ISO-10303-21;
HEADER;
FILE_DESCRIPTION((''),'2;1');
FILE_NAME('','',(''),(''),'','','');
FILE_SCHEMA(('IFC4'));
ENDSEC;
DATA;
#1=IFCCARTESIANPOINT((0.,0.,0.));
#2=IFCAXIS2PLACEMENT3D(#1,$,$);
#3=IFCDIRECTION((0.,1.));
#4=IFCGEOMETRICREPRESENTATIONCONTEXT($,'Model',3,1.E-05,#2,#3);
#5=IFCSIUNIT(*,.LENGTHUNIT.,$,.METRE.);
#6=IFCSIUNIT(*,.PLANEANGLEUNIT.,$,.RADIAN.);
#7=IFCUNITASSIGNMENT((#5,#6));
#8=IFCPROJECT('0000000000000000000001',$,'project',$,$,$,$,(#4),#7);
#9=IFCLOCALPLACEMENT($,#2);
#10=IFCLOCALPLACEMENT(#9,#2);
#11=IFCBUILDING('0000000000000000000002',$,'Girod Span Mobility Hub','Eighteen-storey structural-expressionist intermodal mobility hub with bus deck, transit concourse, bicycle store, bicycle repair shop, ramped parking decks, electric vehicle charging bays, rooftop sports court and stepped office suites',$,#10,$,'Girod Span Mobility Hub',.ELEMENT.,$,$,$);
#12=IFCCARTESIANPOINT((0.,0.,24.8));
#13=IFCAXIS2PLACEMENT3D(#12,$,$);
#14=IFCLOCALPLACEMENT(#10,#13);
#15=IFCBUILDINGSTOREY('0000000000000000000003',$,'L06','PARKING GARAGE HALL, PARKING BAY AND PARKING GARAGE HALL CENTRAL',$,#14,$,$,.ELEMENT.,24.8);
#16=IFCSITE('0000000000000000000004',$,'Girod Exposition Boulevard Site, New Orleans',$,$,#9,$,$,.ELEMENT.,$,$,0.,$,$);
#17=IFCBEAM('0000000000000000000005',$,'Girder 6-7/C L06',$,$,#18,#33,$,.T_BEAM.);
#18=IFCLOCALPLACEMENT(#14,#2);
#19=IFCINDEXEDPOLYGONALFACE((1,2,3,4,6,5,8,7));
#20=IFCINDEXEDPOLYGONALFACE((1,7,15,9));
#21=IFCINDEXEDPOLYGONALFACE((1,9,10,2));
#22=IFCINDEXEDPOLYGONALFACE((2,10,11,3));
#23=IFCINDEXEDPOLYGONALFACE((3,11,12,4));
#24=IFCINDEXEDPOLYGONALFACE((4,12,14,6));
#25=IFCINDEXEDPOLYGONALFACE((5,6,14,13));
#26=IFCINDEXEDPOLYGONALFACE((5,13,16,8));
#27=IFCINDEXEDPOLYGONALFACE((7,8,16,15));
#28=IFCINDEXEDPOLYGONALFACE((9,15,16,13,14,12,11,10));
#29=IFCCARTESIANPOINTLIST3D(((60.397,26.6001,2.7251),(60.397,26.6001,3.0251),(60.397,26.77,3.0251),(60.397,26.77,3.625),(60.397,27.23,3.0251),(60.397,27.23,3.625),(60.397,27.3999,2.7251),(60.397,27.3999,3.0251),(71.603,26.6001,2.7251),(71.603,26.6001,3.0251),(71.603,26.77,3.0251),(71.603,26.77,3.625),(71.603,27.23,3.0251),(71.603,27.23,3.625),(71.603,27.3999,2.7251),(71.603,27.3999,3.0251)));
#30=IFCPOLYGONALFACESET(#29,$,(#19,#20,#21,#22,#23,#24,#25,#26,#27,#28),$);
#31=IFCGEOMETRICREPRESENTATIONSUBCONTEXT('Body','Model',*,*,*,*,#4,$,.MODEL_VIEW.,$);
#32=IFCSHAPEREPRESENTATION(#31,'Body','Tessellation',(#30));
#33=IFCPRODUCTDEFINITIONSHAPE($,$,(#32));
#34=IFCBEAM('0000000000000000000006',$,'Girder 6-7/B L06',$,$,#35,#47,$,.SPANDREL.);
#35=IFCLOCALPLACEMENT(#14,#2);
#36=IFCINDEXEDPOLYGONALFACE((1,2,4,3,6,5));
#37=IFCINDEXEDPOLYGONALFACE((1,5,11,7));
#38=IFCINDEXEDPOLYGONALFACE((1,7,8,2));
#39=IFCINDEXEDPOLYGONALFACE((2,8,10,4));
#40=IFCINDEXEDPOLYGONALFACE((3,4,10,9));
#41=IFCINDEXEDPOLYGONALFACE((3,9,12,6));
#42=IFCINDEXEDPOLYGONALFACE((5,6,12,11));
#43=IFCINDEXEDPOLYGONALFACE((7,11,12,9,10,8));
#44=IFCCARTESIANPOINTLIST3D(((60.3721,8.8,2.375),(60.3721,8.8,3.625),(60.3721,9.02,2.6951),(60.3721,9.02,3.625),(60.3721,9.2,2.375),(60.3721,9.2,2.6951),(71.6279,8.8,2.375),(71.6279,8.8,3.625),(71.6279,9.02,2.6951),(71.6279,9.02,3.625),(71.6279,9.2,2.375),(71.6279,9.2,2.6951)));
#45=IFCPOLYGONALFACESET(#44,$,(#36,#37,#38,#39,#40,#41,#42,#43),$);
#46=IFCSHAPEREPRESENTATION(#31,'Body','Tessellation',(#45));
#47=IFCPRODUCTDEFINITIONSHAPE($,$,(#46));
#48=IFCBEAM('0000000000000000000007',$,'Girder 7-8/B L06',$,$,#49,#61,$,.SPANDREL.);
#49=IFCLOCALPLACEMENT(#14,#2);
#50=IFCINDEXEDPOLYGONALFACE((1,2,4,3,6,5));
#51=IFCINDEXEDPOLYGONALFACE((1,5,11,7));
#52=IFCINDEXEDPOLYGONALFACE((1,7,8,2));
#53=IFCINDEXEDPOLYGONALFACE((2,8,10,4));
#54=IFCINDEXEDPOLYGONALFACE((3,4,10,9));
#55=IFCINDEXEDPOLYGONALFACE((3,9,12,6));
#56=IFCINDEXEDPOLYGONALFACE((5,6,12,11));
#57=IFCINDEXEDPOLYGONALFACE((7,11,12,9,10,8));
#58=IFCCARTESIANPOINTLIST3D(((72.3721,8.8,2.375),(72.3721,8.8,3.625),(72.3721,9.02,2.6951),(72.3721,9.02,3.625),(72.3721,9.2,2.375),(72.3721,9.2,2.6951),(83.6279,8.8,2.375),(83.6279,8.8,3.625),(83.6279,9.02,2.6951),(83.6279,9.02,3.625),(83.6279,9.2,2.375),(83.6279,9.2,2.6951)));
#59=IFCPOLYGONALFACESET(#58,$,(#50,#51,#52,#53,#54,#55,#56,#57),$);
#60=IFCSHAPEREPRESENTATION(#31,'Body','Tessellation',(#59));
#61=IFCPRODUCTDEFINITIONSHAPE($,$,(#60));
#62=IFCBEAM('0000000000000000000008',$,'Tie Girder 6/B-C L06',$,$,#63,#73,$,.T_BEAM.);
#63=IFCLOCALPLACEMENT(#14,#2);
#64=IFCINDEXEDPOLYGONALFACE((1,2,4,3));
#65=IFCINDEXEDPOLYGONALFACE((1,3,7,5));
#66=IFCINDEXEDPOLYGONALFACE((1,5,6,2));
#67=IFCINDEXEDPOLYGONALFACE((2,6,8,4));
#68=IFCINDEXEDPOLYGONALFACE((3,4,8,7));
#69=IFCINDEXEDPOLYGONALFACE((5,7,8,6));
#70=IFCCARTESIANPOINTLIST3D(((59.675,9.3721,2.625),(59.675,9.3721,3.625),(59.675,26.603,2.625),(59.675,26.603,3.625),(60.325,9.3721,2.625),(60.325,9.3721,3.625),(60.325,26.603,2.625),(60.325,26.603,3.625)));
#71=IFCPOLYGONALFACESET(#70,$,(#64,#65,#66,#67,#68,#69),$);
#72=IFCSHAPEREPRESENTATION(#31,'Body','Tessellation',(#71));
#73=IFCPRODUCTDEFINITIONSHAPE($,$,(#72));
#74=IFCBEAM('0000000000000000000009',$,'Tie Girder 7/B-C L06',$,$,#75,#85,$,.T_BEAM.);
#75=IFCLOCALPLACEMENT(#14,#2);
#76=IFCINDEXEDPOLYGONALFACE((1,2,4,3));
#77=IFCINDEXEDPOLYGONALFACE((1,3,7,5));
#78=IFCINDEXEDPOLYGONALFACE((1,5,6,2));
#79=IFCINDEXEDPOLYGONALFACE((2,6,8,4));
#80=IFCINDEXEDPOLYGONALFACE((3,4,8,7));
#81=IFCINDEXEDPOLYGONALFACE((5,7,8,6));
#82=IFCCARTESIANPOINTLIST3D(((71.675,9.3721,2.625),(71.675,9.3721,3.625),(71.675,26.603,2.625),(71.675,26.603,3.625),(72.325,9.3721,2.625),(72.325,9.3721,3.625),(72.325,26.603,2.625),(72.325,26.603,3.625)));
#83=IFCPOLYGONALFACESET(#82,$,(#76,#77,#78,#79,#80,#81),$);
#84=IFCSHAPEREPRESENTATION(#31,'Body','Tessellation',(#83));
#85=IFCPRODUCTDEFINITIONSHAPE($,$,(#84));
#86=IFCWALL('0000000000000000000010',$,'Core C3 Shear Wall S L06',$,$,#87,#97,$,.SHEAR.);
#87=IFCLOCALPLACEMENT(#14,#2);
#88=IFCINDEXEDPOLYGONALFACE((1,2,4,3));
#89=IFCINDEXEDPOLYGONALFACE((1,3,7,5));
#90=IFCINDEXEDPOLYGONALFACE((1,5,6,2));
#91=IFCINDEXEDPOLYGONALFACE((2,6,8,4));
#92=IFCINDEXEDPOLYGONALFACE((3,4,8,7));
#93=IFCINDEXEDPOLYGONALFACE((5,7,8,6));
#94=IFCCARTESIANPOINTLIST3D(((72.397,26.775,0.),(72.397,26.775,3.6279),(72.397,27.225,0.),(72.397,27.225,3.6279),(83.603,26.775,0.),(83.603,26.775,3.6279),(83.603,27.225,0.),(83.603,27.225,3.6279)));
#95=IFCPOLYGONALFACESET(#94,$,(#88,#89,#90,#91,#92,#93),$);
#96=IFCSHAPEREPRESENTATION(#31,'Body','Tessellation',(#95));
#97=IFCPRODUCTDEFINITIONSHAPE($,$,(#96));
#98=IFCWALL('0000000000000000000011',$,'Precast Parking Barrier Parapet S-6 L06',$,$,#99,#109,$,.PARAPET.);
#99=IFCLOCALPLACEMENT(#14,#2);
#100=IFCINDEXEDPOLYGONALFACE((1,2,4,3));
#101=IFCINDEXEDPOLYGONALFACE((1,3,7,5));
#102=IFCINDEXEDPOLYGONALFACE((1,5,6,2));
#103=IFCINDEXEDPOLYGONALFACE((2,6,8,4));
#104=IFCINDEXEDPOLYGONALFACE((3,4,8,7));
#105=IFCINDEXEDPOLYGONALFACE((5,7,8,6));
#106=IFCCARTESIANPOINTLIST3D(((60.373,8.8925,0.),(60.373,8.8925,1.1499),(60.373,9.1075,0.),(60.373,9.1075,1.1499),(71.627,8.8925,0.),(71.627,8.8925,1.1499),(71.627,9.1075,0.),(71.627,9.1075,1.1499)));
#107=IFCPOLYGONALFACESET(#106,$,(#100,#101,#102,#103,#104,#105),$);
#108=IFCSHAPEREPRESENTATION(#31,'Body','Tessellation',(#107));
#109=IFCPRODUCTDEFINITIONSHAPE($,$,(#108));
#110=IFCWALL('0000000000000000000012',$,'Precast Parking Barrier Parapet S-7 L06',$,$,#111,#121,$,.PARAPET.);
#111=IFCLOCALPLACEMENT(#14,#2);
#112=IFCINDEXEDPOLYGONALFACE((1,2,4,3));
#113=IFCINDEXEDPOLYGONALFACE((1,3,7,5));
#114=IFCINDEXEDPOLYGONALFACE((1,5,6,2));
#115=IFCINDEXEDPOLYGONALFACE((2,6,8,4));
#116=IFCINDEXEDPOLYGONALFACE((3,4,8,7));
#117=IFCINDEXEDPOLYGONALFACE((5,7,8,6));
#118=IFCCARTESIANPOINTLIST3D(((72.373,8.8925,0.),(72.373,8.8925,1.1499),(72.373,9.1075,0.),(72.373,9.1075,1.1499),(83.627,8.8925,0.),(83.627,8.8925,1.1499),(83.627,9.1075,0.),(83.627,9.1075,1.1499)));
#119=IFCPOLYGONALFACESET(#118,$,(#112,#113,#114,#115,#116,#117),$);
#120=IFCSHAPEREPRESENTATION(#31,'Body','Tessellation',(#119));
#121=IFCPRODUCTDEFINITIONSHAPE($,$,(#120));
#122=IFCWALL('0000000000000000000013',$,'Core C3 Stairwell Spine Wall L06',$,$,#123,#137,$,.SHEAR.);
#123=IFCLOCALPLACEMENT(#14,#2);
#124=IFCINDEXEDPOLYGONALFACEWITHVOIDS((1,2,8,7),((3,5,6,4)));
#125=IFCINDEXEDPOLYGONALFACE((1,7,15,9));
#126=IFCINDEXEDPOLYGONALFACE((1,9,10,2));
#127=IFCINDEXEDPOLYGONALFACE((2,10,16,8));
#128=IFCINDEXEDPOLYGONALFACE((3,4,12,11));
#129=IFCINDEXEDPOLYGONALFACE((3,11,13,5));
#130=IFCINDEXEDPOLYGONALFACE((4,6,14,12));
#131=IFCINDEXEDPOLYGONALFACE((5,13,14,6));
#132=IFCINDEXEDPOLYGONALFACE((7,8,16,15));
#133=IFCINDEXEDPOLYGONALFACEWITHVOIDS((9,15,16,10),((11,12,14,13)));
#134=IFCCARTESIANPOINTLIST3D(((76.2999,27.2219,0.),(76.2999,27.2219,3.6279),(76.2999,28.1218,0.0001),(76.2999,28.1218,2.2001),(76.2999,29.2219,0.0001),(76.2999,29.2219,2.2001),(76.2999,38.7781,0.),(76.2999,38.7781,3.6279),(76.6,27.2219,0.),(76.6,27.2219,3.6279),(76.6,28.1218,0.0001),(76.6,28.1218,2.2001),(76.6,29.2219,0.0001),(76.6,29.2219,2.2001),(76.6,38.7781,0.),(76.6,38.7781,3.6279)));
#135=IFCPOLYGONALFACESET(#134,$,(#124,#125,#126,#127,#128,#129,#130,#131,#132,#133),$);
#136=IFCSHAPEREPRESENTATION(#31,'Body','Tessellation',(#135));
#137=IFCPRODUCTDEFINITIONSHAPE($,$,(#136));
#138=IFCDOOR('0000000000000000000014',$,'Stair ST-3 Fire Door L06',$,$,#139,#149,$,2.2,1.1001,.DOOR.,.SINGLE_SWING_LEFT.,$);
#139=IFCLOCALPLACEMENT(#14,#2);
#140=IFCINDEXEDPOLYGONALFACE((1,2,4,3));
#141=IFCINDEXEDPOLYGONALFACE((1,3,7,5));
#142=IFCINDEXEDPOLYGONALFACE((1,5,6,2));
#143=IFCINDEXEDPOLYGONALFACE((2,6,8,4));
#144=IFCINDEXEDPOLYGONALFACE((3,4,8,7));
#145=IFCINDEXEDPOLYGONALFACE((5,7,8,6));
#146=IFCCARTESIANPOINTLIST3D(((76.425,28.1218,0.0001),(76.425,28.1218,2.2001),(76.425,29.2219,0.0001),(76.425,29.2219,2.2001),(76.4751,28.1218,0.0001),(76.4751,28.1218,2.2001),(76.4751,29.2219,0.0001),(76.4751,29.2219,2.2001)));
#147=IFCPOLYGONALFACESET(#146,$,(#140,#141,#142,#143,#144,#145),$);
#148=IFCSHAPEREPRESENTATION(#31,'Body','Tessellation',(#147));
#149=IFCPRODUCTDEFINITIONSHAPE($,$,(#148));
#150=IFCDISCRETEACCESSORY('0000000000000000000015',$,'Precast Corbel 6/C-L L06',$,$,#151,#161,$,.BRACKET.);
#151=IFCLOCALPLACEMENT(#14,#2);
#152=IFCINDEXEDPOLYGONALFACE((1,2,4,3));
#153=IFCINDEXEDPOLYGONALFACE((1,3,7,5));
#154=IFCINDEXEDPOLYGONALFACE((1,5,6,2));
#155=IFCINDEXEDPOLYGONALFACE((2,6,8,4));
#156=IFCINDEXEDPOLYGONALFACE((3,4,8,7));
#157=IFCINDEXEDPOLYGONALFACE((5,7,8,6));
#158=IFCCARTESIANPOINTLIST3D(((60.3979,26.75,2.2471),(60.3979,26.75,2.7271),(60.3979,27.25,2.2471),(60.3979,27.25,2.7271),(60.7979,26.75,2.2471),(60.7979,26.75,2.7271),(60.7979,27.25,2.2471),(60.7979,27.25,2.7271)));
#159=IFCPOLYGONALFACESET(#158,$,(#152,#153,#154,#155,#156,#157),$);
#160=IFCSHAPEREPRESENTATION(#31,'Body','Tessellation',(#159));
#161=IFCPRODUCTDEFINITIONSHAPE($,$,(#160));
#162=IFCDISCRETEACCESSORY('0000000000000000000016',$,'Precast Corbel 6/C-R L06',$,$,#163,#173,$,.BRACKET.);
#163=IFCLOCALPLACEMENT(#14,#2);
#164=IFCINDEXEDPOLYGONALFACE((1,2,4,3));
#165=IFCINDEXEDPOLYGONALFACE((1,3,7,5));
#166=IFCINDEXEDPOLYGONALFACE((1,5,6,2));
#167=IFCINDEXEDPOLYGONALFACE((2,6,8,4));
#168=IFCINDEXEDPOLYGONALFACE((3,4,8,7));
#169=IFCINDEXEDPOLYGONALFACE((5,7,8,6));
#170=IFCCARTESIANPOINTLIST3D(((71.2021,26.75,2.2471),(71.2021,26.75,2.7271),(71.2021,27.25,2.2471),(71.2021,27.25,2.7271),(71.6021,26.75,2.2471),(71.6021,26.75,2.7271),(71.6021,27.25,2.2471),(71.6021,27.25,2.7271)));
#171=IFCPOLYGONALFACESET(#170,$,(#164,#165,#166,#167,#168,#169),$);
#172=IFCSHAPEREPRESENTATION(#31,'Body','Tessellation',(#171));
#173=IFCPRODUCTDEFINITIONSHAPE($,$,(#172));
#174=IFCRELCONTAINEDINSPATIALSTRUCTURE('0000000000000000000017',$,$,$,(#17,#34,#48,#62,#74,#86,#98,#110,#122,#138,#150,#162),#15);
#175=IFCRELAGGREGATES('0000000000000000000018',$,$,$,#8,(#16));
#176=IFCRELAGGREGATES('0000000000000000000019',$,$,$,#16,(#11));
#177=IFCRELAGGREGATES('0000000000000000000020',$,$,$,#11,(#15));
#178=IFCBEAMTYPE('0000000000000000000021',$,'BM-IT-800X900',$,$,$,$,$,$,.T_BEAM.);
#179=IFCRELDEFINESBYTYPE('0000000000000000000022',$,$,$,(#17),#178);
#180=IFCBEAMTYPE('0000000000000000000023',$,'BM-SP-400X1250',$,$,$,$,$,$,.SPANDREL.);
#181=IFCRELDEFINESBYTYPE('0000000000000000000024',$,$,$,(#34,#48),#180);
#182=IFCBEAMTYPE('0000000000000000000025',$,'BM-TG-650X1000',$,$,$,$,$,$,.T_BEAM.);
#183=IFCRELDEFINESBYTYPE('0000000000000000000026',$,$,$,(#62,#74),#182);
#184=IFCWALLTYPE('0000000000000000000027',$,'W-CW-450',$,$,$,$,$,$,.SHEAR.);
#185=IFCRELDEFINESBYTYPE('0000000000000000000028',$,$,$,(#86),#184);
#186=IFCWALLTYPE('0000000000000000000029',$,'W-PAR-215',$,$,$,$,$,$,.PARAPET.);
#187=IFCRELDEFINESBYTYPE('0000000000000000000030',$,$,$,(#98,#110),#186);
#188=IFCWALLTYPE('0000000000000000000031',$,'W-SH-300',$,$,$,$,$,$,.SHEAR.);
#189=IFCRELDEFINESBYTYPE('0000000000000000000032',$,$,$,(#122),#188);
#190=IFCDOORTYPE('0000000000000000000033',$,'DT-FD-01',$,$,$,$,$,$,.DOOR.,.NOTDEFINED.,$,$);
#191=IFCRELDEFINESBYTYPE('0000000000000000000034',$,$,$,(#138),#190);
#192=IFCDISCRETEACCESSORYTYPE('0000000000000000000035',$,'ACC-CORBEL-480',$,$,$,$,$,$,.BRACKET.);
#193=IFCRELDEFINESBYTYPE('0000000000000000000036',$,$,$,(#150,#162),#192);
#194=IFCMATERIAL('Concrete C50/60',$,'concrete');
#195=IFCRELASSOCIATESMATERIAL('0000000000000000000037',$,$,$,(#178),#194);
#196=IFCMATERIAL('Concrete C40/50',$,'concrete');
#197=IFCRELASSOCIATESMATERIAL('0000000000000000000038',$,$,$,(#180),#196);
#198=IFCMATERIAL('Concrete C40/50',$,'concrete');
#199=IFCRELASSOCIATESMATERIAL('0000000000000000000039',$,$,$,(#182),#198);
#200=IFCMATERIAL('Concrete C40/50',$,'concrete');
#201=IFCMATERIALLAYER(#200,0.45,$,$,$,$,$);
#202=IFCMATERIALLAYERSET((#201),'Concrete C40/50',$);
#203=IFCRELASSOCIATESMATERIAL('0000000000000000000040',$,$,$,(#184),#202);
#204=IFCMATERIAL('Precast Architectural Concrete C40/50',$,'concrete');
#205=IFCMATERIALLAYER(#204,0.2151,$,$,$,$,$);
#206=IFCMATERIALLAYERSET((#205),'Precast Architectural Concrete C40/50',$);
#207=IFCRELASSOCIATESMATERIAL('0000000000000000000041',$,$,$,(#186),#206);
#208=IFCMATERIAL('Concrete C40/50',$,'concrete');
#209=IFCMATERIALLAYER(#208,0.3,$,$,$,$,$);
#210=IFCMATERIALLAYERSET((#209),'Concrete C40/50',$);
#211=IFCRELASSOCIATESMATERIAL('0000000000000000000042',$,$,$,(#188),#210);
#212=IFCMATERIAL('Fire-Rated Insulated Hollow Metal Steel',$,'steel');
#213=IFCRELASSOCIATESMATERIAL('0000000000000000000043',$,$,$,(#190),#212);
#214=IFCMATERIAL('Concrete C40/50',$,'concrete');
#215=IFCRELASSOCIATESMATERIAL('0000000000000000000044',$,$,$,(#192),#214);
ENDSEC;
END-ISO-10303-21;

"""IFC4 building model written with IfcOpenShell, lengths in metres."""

from ifc_helpers import new_model, si_unit, direction, frame, frame_2d, origin, origin_2d, place, context, subcontext, project, spatial, polyline, rectangle, outline, extrude, material, layer, layer_set, material_profile, profile_set, type_object, element, fill, save


model = new_model("IFC4")

# Units and contexts
model_context = context("Model", 3, precision=1e-05, world=origin(), true_north=direction((0.0, 1.0)))
body_context = subcontext(model_context, "Body", "Model", "MODEL_VIEW")
ifc_project = project(units=[si_unit("LENGTHUNIT", "METRE"), si_unit("PLANEANGLEUNIT", "RADIAN")], contexts=[model_context])

# Site, building, storey
site_placement = place(None, origin())
site = spatial("IfcSite", under=ifc_project, at=site_placement, Name="Girod Exposition Boulevard Site, New Orleans", CompositionType="ELEMENT", RefElevation=0.0)
building_placement = place(site_placement, origin())
building = spatial("IfcBuilding", under=site, at=building_placement, Name="Girod Span Mobility Hub", Description="Eighteen-storey structural-expressionist intermodal mobility hub with bus deck, transit concourse, bicycle store, bicycle repair shop, ramped parking decks, electric vehicle charging bays, rooftop sports court and stepped office suites", LongName="Girod Span Mobility Hub", CompositionType="ELEMENT")
storey_placement = place(building_placement, frame((0.0, 0.0, 24.8)))
storey = spatial("IfcBuildingStorey", under=building, at=storey_placement, Name="L06", Description="PARKING GARAGE HALL, PARKING BAY AND PARKING GARAGE HALL CENTRAL", CompositionType="ELEMENT", Elevation=24.8)

# Beams
ifc_material_1 = material(Name="Concrete C50/60", Category="concrete")
ifc_material_profile_1 = material_profile(ifc_material_1, outline(polyline([(-0.3999, -0.45), (0.3999, -0.45), (0.3999, -0.1499), (0.23, -0.1499), (0.23, 0.45), (-0.23, 0.45), (-0.23, -0.1499), (-0.3999, -0.1499), (-0.3999, -0.45)])), Name="IT-800X900")
ifc_profile_set_1 = profile_set([ifc_material_profile_1], Name="Concrete C50/60")
beam_type_1 = type_object("IfcBeamType", Name="BM-IT-800X900", PredefinedType="T_BEAM", material=ifc_profile_set_1)
beam_placement = place(storey_placement, frame((60.397, 27.0, 3.175), z_axis=(1.0, 0.0, 0.0), x_axis=(0.0, 1.0, 0.0)))
element("IfcBeam", 1, at=beam_placement, inside=storey, type_object=beam_type_1, Name="Girder 6-7/C L06", PredefinedType="T_BEAM", context=body_context, shape_type="SweptSolid", body=[
    extrude(outline(polyline([(-0.3999, -0.45), (0.3999, -0.45), (0.3999, -0.1499), (0.23, -0.1499), (0.23, 0.45), (-0.23, 0.45), (-0.23, -0.1499), (-0.3999, -0.1499), (-0.3999, -0.45)])), origin(), (0.0, 0.0, 1.0), 11.2061),
])
ifc_material_2 = material(Name="Concrete C40/50", Category="concrete")
ifc_material_profile_2 = material_profile(ifc_material_2, outline(polyline([(-0.2, -0.625), (0.2, -0.625), (0.2, -0.3049), (0.02, -0.3049), (0.02, 0.625), (-0.2, 0.625), (-0.2, -0.625)])), Name="SP-400X1250")
ifc_profile_set_2 = profile_set([ifc_material_profile_2], Name="Concrete C40/50")
beam_type_2 = type_object("IfcBeamType", Name="BM-SP-400X1250", PredefinedType="SPANDREL", material=ifc_profile_set_2)
for number, where, z_axis, x_axis, name in (
    (2, (60.3721, 9.0, 3.0), (1.0, 0.0, 0.0), (0.0, 1.0, 0.0), "Girder 6-7/B L06"),
    (3, (72.3721, 9.0, 3.0), (1.0, 0.0, 0.0), (0.0, 1.0, 0.0), "Girder 7-8/B L06"),
):
    element("IfcBeam", number, at=place(storey_placement, frame(where, z_axis=z_axis, x_axis=x_axis)), inside=storey, type_object=beam_type_2, Name=name, PredefinedType="SPANDREL", context=body_context, shape_type="SweptSolid", body=[
        extrude(outline(polyline([(-0.2, -0.625), (0.2, -0.625), (0.2, -0.3049), (0.02, -0.3049), (0.02, 0.625), (-0.2, 0.625), (-0.2, -0.625)])), origin(), (0.0, 0.0, 1.0), 11.2559),
    ])
ifc_material_3 = material(Name="Concrete C40/50", Category="concrete")
ifc_material_profile_3 = material_profile(ifc_material_3, rectangle(XDim=0.6499, YDim=1.0, at=origin_2d()), Name="TG-650X1000")
ifc_profile_set_3 = profile_set([ifc_material_profile_3], Name="Concrete C40/50")
beam_type_3 = type_object("IfcBeamType", Name="BM-TG-650X1000", PredefinedType="T_BEAM", material=ifc_profile_set_3)
for number, where, z_axis, x_axis, name in (
    (4, (60.0, 9.3721, 3.125), (0.0, 1.0, 0.0), (-1.0, 0.0, 0.0), "Tie Girder 6/B-C L06"),
    (5, (72.0, 9.3721, 3.125), (0.0, 1.0, 0.0), (-1.0, 0.0, 0.0), "Tie Girder 7/B-C L06"),
):
    element("IfcBeam", number, at=place(storey_placement, frame(where, z_axis=z_axis, x_axis=x_axis)), inside=storey, type_object=beam_type_3, Name=name, PredefinedType="T_BEAM", context=body_context, shape_type="SweptSolid", body=[
        extrude(rectangle(XDim=0.6499, YDim=1.0, at=origin_2d()), origin(), (0.0, 0.0, 1.0), 17.231),
    ])

# Walls
ifc_material_4 = material(Name="Concrete C40/50", Category="concrete")
ifc_layer_1 = layer(ifc_material_4, 0.45)
ifc_layer_set_1 = layer_set([ifc_layer_1], Name="Concrete C40/50")
wall_type_1 = type_object("IfcWallType", Name="W-CW-450", PredefinedType="SHEAR", material=ifc_layer_set_1)
wall_1_placement = place(storey_placement, frame((72.397, 27.0, 0.0), z_axis=(0.0, 0.0, 1.0), x_axis=(1.0, 0.0, 0.0)))
element("IfcWall", 6, at=wall_1_placement, inside=storey, type_object=wall_type_1, Name="Core C3 Shear Wall S L06", PredefinedType="SHEAR", context=body_context, shape_type="SweptSolid", body=[
    extrude(rectangle(XDim=11.2061, YDim=0.45, at=frame_2d((5.603, 0.0))), origin(), (0.0, 0.0, 1.0), 3.6279),
])
ifc_material_5 = material(Name="Precast Architectural Concrete C40/50", Category="concrete")
ifc_layer_2 = layer(ifc_material_5, 0.2151)
ifc_layer_set_2 = layer_set([ifc_layer_2], Name="Precast Architectural Concrete C40/50")
wall_type_2 = type_object("IfcWallType", Name="W-PAR-215", PredefinedType="PARAPET", material=ifc_layer_set_2)
for number, where, z_axis, x_axis, name in (
    (7, (60.373, 9.0, 0.0), (0.0, 0.0, 1.0), (1.0, 0.0, 0.0), "Precast Parking Barrier Parapet S-6 L06"),
    (8, (72.373, 9.0, 0.0), (0.0, 0.0, 1.0), (1.0, 0.0, 0.0), "Precast Parking Barrier Parapet S-7 L06"),
):
    element("IfcWall", number, at=place(storey_placement, frame(where, z_axis=z_axis, x_axis=x_axis)), inside=storey, type_object=wall_type_2, Name=name, PredefinedType="PARAPET", context=body_context, shape_type="SweptSolid", body=[
        extrude(rectangle(XDim=11.2539, YDim=0.2151, at=frame_2d((5.627, 0.0))), origin(), (0.0, 0.0, 1.0), 1.1499),
    ])

# Wall, opening, door
ifc_material_6 = material(Name="Concrete C40/50", Category="concrete")
ifc_layer_3 = layer(ifc_material_6, 0.3)
ifc_layer_set_3 = layer_set([ifc_layer_3], Name="Concrete C40/50")
wall_type_3 = type_object("IfcWallType", Name="W-SH-300", PredefinedType="SHEAR", material=ifc_layer_set_3)
wall_2_placement = place(storey_placement, frame((76.45, 27.2219, 0.0), z_axis=(0.0, 0.0, 1.0), x_axis=(0.0, 1.0, 0.0)))
wall_2 = element("IfcWall", 9, at=wall_2_placement, inside=storey, type_object=wall_type_3, Name="Core C3 Stairwell Spine Wall L06", PredefinedType="SHEAR", context=body_context, shape_type="SweptSolid", body=[
    extrude(rectangle(XDim=11.5562, YDim=0.3, at=frame_2d((5.7781, 0.0))), origin(), (0.0, 0.0, 1.0), 3.6279),
])
opening_placement = place(wall_2_placement, frame((0.8999, 0.0, 0.0)))
opening = element("IfcOpeningElement", 10, at=opening_placement, cuts=wall_2, PredefinedType="OPENING", context=body_context, shape_type="SweptSolid", body=[
    extrude(rectangle(XDim=1.1001, YDim=2.2, at=frame_2d((0.55, 1.1001))), frame((0.0, 0.165, 0.0), z_axis=(0.0, -1.0, 0.0), x_axis=(1.0, 0.0, 0.0)), (0.0, 0.0, 1.0), 0.3301),
])
ifc_material_7 = material(Name="Fire-Rated Insulated Hollow Metal Steel", Category="steel")
door_type = type_object("IfcDoorType", Name="DT-FD-01", OperationType="NOTDEFINED", PredefinedType="DOOR", material=ifc_material_7)
door_placement = place(opening_placement, origin())
door = element("IfcDoor", 11, at=door_placement, inside=storey, type_object=door_type, Name="Stair ST-3 Fire Door L06", OperationType="SINGLE_SWING_LEFT", OverallHeight=2.2, OverallWidth=1.1001, PredefinedType="DOOR", context=body_context, shape_type="SweptSolid", body=[
    extrude(rectangle(XDim=1.1001, YDim=2.2, at=frame_2d((0.55, 1.1001))), frame((0.0, 0.0249, 0.0), z_axis=(0.0, -1.0, 0.0), x_axis=(1.0, 0.0, 0.0)), (0.0, 0.0, 1.0), 0.05),
])
fill(opening, door)

# Discrete accessories
ifc_material_8 = material(Name="Concrete C40/50", Category="concrete")
discrete_accessory_type = type_object("IfcDiscreteAccessoryType", Name="ACC-CORBEL-480", PredefinedType="BRACKET", material=ifc_material_8)
for number, where, z_axis, x_axis, name in (
    (12, (60.5979, 27.0, 2.2471), (0.0, 0.0, 1.0), (1.0, 0.0, 0.0), "Precast Corbel 6/C-L L06"),
    (13, (71.4021, 27.0, 2.2471), (0.0, 0.0, 1.0), (1.0, 0.0, 0.0), "Precast Corbel 6/C-R L06"),
):
    element("IfcDiscreteAccessory", number, at=place(storey_placement, frame(where, z_axis=z_axis, x_axis=x_axis)), inside=storey, type_object=discrete_accessory_type, Name=name, PredefinedType="BRACKET", context=body_context, shape_type="SweptSolid", body=[
        extrude(rectangle(XDim=0.3999, YDim=0.5, at=origin_2d()), origin(), (0.0, 0.0, 1.0), 0.48),
    ])

save(model, "model.ifc")
